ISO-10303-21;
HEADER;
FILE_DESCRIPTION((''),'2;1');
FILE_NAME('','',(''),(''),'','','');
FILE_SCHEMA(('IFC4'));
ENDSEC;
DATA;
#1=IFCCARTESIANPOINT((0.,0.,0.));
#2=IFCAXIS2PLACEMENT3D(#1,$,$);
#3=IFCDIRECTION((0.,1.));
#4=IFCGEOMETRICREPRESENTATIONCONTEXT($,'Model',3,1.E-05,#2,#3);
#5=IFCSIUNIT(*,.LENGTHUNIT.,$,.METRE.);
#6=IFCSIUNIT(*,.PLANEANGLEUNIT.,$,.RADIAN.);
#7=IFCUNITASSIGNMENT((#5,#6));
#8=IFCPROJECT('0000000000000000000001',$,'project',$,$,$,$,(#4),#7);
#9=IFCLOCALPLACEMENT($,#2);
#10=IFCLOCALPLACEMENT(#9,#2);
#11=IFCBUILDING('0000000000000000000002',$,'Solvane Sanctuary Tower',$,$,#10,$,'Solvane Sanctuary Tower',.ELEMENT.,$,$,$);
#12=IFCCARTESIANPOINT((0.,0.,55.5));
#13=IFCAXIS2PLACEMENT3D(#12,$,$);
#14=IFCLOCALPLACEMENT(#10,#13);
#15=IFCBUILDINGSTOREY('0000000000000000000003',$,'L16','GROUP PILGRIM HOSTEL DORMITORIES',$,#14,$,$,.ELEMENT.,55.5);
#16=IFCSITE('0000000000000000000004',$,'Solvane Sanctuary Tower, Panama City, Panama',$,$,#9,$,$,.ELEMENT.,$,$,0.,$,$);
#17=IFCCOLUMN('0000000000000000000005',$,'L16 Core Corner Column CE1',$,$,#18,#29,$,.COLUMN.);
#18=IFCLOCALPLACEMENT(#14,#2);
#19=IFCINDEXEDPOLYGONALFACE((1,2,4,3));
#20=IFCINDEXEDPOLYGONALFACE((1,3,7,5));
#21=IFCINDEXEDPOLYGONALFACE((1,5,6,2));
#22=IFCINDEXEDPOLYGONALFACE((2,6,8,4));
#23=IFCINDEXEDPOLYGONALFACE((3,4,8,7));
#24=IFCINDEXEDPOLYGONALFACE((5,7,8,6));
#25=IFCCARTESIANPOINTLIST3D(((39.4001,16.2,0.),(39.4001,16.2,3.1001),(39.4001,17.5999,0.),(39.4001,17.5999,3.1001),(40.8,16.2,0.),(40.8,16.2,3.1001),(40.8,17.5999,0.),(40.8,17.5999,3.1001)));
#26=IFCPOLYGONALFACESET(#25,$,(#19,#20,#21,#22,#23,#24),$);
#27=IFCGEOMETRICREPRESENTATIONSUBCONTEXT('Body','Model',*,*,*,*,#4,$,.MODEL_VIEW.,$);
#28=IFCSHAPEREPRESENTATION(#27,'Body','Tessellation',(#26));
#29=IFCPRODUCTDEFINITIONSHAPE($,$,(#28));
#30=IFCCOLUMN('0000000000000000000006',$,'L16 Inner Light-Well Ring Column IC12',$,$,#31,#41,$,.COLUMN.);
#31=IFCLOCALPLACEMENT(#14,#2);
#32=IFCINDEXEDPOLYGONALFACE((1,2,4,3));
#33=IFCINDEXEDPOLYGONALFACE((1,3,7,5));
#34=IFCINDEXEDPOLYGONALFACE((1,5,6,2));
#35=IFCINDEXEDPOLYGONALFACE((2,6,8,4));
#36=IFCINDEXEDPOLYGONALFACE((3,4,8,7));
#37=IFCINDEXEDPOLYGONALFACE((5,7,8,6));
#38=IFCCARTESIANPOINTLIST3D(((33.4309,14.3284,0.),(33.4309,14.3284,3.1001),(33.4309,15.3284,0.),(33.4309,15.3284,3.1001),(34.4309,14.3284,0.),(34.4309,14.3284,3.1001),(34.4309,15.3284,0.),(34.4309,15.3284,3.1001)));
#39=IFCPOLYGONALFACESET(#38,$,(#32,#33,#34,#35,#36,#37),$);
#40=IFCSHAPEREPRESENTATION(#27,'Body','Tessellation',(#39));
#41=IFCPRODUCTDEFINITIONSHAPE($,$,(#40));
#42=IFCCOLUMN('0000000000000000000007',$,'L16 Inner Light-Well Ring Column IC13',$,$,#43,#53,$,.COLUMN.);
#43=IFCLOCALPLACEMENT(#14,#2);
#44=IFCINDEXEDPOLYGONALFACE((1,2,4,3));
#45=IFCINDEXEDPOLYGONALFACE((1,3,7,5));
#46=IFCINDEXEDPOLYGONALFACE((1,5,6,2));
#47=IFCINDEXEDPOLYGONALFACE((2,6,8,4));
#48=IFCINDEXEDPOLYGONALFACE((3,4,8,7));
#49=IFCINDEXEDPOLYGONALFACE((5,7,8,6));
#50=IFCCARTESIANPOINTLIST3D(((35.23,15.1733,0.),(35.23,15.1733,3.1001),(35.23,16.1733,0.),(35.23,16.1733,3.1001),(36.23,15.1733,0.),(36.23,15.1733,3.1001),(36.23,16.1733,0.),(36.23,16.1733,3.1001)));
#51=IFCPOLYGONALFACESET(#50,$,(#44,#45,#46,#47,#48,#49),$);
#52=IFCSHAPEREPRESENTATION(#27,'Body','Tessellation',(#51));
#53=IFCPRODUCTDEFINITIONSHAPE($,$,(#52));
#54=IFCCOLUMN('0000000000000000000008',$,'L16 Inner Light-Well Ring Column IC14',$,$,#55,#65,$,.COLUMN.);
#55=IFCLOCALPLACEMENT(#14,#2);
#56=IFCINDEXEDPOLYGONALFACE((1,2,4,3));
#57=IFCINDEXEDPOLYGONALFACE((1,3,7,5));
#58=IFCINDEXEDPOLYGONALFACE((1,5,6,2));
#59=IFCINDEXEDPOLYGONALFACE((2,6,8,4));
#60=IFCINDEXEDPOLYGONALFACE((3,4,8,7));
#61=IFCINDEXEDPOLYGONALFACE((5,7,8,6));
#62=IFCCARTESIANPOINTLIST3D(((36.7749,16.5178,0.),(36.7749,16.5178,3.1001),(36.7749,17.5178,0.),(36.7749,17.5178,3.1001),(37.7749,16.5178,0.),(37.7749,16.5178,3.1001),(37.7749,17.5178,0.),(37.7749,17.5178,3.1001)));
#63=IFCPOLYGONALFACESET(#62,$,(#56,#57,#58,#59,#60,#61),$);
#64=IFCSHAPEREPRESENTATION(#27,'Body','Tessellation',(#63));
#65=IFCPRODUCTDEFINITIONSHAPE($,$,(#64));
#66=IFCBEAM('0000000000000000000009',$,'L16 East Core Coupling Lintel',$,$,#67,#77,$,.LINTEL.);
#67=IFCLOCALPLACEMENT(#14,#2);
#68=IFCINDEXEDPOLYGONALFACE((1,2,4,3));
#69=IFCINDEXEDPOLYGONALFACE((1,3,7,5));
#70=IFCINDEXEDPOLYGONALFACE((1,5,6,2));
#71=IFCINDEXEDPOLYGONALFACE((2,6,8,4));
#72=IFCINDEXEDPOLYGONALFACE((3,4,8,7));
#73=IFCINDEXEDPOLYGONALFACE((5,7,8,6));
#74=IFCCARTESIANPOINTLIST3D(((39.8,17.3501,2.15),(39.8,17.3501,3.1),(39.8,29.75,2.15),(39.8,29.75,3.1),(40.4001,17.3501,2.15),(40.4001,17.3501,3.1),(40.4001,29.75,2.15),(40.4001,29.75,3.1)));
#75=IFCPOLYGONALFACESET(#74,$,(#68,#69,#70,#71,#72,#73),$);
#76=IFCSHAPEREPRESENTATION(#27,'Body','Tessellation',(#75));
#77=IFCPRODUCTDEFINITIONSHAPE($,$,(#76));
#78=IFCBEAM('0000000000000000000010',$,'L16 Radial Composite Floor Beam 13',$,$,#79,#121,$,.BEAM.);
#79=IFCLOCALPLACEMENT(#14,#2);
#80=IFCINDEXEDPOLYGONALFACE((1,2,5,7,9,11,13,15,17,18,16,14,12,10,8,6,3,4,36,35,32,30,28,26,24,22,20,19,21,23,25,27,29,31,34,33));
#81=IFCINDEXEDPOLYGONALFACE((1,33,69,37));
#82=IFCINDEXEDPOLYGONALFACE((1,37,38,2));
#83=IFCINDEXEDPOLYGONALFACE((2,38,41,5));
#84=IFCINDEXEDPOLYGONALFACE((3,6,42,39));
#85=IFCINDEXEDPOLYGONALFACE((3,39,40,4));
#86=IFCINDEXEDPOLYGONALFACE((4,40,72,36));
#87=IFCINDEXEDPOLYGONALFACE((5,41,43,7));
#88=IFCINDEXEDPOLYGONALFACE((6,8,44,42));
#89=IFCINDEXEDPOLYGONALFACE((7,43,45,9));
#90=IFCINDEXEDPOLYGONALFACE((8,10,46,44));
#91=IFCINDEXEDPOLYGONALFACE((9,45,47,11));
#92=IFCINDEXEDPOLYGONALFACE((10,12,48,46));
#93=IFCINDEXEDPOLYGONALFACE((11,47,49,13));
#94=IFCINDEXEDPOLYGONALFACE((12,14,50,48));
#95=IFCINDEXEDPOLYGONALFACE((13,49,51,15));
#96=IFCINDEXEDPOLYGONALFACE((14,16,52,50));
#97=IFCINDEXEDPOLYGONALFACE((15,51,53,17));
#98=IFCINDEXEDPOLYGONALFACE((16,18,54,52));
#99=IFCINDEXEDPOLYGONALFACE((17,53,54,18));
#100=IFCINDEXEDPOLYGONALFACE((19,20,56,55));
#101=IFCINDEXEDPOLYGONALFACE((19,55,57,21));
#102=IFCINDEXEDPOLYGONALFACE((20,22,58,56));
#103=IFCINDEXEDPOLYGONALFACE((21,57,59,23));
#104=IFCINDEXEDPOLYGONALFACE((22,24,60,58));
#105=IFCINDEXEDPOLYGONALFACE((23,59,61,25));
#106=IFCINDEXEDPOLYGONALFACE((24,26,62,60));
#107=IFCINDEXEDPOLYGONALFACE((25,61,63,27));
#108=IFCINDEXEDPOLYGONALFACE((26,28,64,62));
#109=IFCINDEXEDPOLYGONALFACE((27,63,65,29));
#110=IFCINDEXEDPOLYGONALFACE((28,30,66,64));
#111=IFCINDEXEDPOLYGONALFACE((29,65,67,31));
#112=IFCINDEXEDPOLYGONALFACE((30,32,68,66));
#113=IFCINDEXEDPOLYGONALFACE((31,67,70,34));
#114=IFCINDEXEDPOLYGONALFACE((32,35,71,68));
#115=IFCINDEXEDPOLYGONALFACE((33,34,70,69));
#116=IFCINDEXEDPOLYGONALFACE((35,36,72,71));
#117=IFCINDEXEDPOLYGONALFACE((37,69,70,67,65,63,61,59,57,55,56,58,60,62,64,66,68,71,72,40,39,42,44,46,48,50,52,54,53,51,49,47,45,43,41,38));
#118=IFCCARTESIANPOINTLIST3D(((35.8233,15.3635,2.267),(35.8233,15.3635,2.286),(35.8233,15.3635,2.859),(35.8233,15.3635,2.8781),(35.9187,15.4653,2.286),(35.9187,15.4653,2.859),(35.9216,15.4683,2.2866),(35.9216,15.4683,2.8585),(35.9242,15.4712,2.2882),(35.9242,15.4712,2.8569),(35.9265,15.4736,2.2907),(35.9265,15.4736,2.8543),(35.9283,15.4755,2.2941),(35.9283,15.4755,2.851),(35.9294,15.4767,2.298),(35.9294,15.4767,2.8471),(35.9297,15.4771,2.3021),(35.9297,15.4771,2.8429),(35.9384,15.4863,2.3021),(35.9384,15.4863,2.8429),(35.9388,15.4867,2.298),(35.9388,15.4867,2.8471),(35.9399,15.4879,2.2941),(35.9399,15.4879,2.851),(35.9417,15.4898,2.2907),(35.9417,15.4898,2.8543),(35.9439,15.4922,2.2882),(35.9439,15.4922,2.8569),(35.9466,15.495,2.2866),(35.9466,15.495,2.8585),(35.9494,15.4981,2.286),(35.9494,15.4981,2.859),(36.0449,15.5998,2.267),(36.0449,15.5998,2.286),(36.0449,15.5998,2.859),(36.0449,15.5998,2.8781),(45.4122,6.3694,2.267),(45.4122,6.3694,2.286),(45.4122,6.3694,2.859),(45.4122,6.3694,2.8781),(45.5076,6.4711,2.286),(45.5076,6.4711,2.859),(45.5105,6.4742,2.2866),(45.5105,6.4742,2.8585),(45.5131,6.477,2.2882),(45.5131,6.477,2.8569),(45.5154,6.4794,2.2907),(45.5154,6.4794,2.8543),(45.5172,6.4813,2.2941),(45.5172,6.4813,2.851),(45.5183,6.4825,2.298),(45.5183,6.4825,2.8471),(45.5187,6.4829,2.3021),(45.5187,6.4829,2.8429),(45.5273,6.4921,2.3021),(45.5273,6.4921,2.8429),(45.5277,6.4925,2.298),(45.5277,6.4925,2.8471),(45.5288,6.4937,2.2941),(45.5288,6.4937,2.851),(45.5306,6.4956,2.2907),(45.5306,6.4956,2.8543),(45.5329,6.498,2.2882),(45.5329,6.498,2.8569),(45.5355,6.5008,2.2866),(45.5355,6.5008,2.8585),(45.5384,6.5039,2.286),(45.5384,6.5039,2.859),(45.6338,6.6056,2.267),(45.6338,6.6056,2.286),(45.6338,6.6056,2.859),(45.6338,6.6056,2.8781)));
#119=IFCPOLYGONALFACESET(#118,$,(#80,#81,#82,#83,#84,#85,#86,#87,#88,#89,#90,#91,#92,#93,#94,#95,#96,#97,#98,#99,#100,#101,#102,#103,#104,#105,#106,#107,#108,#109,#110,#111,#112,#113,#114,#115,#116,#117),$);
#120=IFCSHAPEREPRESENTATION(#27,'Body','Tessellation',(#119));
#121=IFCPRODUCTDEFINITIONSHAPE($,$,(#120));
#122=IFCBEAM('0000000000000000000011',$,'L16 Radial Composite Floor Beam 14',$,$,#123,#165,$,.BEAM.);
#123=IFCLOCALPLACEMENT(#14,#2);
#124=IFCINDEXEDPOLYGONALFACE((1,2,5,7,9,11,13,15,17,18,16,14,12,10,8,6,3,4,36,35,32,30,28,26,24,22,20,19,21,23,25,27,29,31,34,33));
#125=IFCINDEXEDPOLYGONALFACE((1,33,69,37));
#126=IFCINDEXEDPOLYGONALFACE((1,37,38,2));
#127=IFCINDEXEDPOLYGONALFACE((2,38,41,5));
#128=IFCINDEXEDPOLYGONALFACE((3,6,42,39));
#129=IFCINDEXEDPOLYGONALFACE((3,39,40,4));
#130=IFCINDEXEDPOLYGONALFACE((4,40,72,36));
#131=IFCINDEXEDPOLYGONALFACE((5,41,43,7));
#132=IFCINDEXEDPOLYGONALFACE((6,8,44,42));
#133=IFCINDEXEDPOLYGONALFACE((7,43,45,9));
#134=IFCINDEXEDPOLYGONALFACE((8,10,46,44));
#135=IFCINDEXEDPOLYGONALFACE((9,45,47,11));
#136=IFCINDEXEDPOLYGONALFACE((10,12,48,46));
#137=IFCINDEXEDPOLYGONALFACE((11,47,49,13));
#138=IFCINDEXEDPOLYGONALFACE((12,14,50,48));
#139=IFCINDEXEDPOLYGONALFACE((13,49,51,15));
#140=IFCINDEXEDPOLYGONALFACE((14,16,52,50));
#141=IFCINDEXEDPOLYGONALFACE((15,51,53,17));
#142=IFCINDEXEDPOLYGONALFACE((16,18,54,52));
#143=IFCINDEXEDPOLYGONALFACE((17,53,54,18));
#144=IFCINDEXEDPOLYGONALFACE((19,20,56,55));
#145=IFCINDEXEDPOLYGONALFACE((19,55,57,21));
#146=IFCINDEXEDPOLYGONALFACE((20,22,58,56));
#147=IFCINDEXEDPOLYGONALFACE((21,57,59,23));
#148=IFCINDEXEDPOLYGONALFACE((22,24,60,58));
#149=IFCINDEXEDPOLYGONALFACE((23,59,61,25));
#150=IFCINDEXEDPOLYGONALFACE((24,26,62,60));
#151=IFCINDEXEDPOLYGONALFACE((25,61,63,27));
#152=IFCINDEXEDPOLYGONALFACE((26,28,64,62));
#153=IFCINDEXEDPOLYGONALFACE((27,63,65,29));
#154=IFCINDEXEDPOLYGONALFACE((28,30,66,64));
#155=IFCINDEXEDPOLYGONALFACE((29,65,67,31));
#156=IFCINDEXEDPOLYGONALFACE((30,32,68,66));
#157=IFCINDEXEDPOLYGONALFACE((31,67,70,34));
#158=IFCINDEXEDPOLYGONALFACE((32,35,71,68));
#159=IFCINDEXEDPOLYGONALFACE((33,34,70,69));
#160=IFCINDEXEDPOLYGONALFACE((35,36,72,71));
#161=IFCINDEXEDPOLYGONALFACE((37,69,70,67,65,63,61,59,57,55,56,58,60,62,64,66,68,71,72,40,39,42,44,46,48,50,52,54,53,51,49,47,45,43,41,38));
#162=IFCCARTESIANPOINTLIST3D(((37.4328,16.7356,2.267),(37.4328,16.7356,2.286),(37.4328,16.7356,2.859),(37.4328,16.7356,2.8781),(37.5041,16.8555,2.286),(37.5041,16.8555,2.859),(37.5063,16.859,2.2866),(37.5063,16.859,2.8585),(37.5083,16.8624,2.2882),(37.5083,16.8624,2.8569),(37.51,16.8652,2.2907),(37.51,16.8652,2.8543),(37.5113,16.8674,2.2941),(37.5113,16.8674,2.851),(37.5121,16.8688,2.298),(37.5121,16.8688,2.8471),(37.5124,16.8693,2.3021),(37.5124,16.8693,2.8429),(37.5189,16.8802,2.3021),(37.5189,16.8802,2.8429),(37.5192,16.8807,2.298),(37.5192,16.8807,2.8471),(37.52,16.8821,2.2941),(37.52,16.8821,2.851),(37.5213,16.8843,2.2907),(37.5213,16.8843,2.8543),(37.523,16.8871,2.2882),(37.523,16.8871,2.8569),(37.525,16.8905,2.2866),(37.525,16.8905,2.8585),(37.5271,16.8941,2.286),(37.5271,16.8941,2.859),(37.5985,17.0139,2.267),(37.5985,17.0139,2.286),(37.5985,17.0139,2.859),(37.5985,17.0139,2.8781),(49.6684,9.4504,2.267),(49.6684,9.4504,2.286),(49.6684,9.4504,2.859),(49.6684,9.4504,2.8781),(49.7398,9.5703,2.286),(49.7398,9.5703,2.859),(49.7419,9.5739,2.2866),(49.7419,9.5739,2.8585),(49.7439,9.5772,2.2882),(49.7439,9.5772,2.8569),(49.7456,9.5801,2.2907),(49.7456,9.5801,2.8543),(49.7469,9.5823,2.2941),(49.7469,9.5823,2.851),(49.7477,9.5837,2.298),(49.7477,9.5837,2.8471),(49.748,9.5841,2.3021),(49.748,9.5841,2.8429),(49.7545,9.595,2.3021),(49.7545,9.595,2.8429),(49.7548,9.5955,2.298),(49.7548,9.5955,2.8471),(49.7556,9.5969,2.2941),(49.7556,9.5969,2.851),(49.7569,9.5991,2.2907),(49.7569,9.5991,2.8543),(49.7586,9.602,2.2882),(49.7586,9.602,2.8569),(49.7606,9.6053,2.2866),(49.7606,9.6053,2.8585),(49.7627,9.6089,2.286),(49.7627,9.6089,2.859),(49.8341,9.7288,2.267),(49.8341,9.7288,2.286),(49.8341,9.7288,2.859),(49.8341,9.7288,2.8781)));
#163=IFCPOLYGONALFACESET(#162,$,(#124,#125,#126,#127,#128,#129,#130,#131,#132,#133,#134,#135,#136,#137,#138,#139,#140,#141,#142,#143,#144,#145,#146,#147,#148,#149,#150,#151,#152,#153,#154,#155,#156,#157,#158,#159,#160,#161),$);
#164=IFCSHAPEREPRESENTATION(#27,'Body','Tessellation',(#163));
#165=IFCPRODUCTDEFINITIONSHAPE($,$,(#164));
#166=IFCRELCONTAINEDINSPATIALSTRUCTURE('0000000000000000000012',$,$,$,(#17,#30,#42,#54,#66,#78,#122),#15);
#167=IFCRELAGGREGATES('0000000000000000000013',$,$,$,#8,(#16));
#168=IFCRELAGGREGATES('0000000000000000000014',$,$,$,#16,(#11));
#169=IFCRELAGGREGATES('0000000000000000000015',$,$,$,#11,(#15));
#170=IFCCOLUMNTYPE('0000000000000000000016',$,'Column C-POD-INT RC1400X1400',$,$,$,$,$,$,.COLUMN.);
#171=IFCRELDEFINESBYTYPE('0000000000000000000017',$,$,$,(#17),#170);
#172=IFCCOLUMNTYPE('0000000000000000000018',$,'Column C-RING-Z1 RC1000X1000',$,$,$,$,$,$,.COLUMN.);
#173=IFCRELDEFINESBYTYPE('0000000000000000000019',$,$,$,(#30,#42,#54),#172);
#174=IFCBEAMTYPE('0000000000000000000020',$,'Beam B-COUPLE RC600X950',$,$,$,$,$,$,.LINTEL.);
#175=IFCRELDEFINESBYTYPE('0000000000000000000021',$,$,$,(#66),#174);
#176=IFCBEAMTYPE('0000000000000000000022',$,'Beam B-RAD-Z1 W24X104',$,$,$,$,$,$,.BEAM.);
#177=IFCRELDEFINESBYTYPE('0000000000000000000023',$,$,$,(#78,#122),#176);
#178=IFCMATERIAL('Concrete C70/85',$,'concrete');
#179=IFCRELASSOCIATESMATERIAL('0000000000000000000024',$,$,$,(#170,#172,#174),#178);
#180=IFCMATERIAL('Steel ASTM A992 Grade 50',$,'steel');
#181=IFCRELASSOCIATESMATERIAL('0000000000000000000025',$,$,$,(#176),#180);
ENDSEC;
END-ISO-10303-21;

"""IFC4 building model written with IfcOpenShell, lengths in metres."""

from ifc_helpers import new_model, si_unit, direction, frame, origin, origin_2d, place, context, subcontext, project, spatial, rectangle, i_section, extrude, material, material_profile, profile_set, type_object, element, save


model = new_model("IFC4")

# Units and contexts
model_context = context("Model", 3, precision=1e-05, world=origin(), true_north=direction((0.0, 1.0)))
body_context = subcontext(model_context, "Body", "Model", "MODEL_VIEW")
ifc_project = project(units=[si_unit("LENGTHUNIT", "METRE"), si_unit("PLANEANGLEUNIT", "RADIAN")], contexts=[model_context])

# Site, building, storey
site_placement = place(None, origin())
site = spatial("IfcSite", under=ifc_project, at=site_placement, Name="Solvane Sanctuary Tower, Panama City, Panama", CompositionType="ELEMENT", RefElevation=0.0)
building_placement = place(site_placement, origin())
building = spatial("IfcBuilding", under=site, at=building_placement, Name="Solvane Sanctuary Tower", LongName="Solvane Sanctuary Tower", CompositionType="ELEMENT")
storey_placement = place(building_placement, frame((0.0, 0.0, 55.5)))
storey = spatial("IfcBuildingStorey", under=building, at=storey_placement, Name="L16", Description="GROUP PILGRIM HOSTEL DORMITORIES", CompositionType="ELEMENT", Elevation=55.5)

# Columns
ifc_material_1 = material(Name="Concrete C70/85", Category="concrete")
ifc_material_profile_1 = material_profile(ifc_material_1, rectangle(XDim=1.3999, YDim=1.3999, at=origin_2d()), Name="RC1400X1400")
ifc_profile_set_1 = profile_set([ifc_material_profile_1], Name="Concrete C70/85")
column_type_1 = type_object("IfcColumnType", Name="Column C-POD-INT RC1400X1400", PredefinedType="COLUMN", material=ifc_profile_set_1)
column_placement = place(storey_placement, frame((40.1001, 16.8999, 0.0), z_axis=(0.0, 0.0, 1.0), x_axis=(1.0, 0.0, 0.0)))
element("IfcColumn", 1, at=column_placement, inside=storey, type_object=column_type_1, Name="L16 Core Corner Column CE1", PredefinedType="COLUMN", context=body_context, shape_type="SweptSolid", body=[
    extrude(rectangle(XDim=1.3999, YDim=1.3999, at=origin_2d()), origin(), (0.0, 0.0, 1.0), 3.1001),
])
ifc_material_profile_2 = material_profile(ifc_material_1, rectangle(XDim=1.0, YDim=1.0, at=origin_2d()), Name="RC1000X1000")
ifc_profile_set_2 = profile_set([ifc_material_profile_2], Name="Concrete C70/85")
column_type_2 = type_object("IfcColumnType", Name="Column C-RING-Z1 RC1000X1000", PredefinedType="COLUMN", material=ifc_profile_set_2)
for number, where, z_axis, x_axis, name in (
    (2, (33.9309, 14.8284, 0.0), (0.0, 0.0, 1.0), (1.0, 0.0, 0.0), "L16 Inner Light-Well Ring Column IC12"),
    (3, (35.73, 15.6733, 0.0), (0.0, 0.0, 1.0), (1.0, 0.0, 0.0), "L16 Inner Light-Well Ring Column IC13"),
    (4, (37.2749, 17.0178, 0.0), (0.0, 0.0, 1.0), (1.0, 0.0, 0.0), "L16 Inner Light-Well Ring Column IC14"),
):
    element("IfcColumn", number, at=place(storey_placement, frame(where, z_axis=z_axis, x_axis=x_axis)), inside=storey, type_object=column_type_2, Name=name, PredefinedType="COLUMN", context=body_context, shape_type="SweptSolid", body=[
        extrude(rectangle(XDim=1.0, YDim=1.0, at=origin_2d()), origin(), (0.0, 0.0, 1.0), 3.1001),
    ])

# Beams
ifc_material_profile_3 = material_profile(ifc_material_1, rectangle(XDim=0.6001, YDim=0.95, at=origin_2d()), Name="RC600X950")
ifc_profile_set_3 = profile_set([ifc_material_profile_3], Name="Concrete C70/85")
beam_type_1 = type_object("IfcBeamType", Name="Beam B-COUPLE RC600X950", PredefinedType="LINTEL", material=ifc_profile_set_3)
beam_1_placement = place(storey_placement, frame((40.1001, 17.3501, 2.625), z_axis=(0.0, 1.0, 0.0), x_axis=(-1.0, 0.0, 0.0)))
element("IfcBeam", 5, at=beam_1_placement, inside=storey, type_object=beam_type_1, Name="L16 East Core Coupling Lintel", PredefinedType="LINTEL", context=body_context, shape_type="SweptSolid", body=[
    extrude(rectangle(XDim=0.6001, YDim=0.95, at=origin_2d()), origin(), (0.0, 0.0, 1.0), 12.3999),
])
ifc_material_2 = material(Name="Steel ASTM A992 Grade 50", Category="steel")
ifc_material_profile_4 = material_profile(ifc_material_2, i_section(OverallWidth=0.324, OverallDepth=0.6111, WebThickness=0.0127, FlangeThickness=0.019, FilletRadius=0.0161, at=origin_2d()), Name="W24X104")
ifc_profile_set_4 = profile_set([ifc_material_profile_4], Name="Steel ASTM A992 Grade 50")
beam_type_2 = type_object("IfcBeamType", Name="Beam B-RAD-Z1 W24X104", PredefinedType="BEAM", material=ifc_profile_set_4)
beam_2_placement = place(storey_placement, frame((35.9341, 15.4817, 2.5725), z_axis=(0.729363, -0.684126, 0.0), x_axis=(0.684126, 0.729363, 0.0)))
element("IfcBeam", 6, at=beam_2_placement, inside=storey, type_object=beam_type_2, Name="L16 Radial Composite Floor Beam 13", PredefinedType="BEAM", context=body_context, shape_type="SweptSolid", body=[
    extrude(i_section(OverallWidth=0.324, OverallDepth=0.6111, WebThickness=0.0127, FlangeThickness=0.019, FilletRadius=0.0161, at=origin_2d()), origin(), (0.0, 0.0, 1.0), 13.147),
])
beam_3_placement = place(storey_placement, frame((37.5156, 16.8748, 2.5725), z_axis=(0.859229, -0.511591, 0.0), x_axis=(0.511591, 0.859229, 0.0)))
element("IfcBeam", 7, at=beam_3_placement, inside=storey, type_object=beam_type_2, Name="L16 Radial Composite Floor Beam 14", PredefinedType="BEAM", context=body_context, shape_type="SweptSolid", body=[
    extrude(i_section(OverallWidth=0.324, OverallDepth=0.6111, WebThickness=0.0127, FlangeThickness=0.019, FilletRadius=0.0161, at=origin_2d()), origin(), (0.0, 0.0, 1.0), 14.2402),
])

save(model, "model.ifc")
